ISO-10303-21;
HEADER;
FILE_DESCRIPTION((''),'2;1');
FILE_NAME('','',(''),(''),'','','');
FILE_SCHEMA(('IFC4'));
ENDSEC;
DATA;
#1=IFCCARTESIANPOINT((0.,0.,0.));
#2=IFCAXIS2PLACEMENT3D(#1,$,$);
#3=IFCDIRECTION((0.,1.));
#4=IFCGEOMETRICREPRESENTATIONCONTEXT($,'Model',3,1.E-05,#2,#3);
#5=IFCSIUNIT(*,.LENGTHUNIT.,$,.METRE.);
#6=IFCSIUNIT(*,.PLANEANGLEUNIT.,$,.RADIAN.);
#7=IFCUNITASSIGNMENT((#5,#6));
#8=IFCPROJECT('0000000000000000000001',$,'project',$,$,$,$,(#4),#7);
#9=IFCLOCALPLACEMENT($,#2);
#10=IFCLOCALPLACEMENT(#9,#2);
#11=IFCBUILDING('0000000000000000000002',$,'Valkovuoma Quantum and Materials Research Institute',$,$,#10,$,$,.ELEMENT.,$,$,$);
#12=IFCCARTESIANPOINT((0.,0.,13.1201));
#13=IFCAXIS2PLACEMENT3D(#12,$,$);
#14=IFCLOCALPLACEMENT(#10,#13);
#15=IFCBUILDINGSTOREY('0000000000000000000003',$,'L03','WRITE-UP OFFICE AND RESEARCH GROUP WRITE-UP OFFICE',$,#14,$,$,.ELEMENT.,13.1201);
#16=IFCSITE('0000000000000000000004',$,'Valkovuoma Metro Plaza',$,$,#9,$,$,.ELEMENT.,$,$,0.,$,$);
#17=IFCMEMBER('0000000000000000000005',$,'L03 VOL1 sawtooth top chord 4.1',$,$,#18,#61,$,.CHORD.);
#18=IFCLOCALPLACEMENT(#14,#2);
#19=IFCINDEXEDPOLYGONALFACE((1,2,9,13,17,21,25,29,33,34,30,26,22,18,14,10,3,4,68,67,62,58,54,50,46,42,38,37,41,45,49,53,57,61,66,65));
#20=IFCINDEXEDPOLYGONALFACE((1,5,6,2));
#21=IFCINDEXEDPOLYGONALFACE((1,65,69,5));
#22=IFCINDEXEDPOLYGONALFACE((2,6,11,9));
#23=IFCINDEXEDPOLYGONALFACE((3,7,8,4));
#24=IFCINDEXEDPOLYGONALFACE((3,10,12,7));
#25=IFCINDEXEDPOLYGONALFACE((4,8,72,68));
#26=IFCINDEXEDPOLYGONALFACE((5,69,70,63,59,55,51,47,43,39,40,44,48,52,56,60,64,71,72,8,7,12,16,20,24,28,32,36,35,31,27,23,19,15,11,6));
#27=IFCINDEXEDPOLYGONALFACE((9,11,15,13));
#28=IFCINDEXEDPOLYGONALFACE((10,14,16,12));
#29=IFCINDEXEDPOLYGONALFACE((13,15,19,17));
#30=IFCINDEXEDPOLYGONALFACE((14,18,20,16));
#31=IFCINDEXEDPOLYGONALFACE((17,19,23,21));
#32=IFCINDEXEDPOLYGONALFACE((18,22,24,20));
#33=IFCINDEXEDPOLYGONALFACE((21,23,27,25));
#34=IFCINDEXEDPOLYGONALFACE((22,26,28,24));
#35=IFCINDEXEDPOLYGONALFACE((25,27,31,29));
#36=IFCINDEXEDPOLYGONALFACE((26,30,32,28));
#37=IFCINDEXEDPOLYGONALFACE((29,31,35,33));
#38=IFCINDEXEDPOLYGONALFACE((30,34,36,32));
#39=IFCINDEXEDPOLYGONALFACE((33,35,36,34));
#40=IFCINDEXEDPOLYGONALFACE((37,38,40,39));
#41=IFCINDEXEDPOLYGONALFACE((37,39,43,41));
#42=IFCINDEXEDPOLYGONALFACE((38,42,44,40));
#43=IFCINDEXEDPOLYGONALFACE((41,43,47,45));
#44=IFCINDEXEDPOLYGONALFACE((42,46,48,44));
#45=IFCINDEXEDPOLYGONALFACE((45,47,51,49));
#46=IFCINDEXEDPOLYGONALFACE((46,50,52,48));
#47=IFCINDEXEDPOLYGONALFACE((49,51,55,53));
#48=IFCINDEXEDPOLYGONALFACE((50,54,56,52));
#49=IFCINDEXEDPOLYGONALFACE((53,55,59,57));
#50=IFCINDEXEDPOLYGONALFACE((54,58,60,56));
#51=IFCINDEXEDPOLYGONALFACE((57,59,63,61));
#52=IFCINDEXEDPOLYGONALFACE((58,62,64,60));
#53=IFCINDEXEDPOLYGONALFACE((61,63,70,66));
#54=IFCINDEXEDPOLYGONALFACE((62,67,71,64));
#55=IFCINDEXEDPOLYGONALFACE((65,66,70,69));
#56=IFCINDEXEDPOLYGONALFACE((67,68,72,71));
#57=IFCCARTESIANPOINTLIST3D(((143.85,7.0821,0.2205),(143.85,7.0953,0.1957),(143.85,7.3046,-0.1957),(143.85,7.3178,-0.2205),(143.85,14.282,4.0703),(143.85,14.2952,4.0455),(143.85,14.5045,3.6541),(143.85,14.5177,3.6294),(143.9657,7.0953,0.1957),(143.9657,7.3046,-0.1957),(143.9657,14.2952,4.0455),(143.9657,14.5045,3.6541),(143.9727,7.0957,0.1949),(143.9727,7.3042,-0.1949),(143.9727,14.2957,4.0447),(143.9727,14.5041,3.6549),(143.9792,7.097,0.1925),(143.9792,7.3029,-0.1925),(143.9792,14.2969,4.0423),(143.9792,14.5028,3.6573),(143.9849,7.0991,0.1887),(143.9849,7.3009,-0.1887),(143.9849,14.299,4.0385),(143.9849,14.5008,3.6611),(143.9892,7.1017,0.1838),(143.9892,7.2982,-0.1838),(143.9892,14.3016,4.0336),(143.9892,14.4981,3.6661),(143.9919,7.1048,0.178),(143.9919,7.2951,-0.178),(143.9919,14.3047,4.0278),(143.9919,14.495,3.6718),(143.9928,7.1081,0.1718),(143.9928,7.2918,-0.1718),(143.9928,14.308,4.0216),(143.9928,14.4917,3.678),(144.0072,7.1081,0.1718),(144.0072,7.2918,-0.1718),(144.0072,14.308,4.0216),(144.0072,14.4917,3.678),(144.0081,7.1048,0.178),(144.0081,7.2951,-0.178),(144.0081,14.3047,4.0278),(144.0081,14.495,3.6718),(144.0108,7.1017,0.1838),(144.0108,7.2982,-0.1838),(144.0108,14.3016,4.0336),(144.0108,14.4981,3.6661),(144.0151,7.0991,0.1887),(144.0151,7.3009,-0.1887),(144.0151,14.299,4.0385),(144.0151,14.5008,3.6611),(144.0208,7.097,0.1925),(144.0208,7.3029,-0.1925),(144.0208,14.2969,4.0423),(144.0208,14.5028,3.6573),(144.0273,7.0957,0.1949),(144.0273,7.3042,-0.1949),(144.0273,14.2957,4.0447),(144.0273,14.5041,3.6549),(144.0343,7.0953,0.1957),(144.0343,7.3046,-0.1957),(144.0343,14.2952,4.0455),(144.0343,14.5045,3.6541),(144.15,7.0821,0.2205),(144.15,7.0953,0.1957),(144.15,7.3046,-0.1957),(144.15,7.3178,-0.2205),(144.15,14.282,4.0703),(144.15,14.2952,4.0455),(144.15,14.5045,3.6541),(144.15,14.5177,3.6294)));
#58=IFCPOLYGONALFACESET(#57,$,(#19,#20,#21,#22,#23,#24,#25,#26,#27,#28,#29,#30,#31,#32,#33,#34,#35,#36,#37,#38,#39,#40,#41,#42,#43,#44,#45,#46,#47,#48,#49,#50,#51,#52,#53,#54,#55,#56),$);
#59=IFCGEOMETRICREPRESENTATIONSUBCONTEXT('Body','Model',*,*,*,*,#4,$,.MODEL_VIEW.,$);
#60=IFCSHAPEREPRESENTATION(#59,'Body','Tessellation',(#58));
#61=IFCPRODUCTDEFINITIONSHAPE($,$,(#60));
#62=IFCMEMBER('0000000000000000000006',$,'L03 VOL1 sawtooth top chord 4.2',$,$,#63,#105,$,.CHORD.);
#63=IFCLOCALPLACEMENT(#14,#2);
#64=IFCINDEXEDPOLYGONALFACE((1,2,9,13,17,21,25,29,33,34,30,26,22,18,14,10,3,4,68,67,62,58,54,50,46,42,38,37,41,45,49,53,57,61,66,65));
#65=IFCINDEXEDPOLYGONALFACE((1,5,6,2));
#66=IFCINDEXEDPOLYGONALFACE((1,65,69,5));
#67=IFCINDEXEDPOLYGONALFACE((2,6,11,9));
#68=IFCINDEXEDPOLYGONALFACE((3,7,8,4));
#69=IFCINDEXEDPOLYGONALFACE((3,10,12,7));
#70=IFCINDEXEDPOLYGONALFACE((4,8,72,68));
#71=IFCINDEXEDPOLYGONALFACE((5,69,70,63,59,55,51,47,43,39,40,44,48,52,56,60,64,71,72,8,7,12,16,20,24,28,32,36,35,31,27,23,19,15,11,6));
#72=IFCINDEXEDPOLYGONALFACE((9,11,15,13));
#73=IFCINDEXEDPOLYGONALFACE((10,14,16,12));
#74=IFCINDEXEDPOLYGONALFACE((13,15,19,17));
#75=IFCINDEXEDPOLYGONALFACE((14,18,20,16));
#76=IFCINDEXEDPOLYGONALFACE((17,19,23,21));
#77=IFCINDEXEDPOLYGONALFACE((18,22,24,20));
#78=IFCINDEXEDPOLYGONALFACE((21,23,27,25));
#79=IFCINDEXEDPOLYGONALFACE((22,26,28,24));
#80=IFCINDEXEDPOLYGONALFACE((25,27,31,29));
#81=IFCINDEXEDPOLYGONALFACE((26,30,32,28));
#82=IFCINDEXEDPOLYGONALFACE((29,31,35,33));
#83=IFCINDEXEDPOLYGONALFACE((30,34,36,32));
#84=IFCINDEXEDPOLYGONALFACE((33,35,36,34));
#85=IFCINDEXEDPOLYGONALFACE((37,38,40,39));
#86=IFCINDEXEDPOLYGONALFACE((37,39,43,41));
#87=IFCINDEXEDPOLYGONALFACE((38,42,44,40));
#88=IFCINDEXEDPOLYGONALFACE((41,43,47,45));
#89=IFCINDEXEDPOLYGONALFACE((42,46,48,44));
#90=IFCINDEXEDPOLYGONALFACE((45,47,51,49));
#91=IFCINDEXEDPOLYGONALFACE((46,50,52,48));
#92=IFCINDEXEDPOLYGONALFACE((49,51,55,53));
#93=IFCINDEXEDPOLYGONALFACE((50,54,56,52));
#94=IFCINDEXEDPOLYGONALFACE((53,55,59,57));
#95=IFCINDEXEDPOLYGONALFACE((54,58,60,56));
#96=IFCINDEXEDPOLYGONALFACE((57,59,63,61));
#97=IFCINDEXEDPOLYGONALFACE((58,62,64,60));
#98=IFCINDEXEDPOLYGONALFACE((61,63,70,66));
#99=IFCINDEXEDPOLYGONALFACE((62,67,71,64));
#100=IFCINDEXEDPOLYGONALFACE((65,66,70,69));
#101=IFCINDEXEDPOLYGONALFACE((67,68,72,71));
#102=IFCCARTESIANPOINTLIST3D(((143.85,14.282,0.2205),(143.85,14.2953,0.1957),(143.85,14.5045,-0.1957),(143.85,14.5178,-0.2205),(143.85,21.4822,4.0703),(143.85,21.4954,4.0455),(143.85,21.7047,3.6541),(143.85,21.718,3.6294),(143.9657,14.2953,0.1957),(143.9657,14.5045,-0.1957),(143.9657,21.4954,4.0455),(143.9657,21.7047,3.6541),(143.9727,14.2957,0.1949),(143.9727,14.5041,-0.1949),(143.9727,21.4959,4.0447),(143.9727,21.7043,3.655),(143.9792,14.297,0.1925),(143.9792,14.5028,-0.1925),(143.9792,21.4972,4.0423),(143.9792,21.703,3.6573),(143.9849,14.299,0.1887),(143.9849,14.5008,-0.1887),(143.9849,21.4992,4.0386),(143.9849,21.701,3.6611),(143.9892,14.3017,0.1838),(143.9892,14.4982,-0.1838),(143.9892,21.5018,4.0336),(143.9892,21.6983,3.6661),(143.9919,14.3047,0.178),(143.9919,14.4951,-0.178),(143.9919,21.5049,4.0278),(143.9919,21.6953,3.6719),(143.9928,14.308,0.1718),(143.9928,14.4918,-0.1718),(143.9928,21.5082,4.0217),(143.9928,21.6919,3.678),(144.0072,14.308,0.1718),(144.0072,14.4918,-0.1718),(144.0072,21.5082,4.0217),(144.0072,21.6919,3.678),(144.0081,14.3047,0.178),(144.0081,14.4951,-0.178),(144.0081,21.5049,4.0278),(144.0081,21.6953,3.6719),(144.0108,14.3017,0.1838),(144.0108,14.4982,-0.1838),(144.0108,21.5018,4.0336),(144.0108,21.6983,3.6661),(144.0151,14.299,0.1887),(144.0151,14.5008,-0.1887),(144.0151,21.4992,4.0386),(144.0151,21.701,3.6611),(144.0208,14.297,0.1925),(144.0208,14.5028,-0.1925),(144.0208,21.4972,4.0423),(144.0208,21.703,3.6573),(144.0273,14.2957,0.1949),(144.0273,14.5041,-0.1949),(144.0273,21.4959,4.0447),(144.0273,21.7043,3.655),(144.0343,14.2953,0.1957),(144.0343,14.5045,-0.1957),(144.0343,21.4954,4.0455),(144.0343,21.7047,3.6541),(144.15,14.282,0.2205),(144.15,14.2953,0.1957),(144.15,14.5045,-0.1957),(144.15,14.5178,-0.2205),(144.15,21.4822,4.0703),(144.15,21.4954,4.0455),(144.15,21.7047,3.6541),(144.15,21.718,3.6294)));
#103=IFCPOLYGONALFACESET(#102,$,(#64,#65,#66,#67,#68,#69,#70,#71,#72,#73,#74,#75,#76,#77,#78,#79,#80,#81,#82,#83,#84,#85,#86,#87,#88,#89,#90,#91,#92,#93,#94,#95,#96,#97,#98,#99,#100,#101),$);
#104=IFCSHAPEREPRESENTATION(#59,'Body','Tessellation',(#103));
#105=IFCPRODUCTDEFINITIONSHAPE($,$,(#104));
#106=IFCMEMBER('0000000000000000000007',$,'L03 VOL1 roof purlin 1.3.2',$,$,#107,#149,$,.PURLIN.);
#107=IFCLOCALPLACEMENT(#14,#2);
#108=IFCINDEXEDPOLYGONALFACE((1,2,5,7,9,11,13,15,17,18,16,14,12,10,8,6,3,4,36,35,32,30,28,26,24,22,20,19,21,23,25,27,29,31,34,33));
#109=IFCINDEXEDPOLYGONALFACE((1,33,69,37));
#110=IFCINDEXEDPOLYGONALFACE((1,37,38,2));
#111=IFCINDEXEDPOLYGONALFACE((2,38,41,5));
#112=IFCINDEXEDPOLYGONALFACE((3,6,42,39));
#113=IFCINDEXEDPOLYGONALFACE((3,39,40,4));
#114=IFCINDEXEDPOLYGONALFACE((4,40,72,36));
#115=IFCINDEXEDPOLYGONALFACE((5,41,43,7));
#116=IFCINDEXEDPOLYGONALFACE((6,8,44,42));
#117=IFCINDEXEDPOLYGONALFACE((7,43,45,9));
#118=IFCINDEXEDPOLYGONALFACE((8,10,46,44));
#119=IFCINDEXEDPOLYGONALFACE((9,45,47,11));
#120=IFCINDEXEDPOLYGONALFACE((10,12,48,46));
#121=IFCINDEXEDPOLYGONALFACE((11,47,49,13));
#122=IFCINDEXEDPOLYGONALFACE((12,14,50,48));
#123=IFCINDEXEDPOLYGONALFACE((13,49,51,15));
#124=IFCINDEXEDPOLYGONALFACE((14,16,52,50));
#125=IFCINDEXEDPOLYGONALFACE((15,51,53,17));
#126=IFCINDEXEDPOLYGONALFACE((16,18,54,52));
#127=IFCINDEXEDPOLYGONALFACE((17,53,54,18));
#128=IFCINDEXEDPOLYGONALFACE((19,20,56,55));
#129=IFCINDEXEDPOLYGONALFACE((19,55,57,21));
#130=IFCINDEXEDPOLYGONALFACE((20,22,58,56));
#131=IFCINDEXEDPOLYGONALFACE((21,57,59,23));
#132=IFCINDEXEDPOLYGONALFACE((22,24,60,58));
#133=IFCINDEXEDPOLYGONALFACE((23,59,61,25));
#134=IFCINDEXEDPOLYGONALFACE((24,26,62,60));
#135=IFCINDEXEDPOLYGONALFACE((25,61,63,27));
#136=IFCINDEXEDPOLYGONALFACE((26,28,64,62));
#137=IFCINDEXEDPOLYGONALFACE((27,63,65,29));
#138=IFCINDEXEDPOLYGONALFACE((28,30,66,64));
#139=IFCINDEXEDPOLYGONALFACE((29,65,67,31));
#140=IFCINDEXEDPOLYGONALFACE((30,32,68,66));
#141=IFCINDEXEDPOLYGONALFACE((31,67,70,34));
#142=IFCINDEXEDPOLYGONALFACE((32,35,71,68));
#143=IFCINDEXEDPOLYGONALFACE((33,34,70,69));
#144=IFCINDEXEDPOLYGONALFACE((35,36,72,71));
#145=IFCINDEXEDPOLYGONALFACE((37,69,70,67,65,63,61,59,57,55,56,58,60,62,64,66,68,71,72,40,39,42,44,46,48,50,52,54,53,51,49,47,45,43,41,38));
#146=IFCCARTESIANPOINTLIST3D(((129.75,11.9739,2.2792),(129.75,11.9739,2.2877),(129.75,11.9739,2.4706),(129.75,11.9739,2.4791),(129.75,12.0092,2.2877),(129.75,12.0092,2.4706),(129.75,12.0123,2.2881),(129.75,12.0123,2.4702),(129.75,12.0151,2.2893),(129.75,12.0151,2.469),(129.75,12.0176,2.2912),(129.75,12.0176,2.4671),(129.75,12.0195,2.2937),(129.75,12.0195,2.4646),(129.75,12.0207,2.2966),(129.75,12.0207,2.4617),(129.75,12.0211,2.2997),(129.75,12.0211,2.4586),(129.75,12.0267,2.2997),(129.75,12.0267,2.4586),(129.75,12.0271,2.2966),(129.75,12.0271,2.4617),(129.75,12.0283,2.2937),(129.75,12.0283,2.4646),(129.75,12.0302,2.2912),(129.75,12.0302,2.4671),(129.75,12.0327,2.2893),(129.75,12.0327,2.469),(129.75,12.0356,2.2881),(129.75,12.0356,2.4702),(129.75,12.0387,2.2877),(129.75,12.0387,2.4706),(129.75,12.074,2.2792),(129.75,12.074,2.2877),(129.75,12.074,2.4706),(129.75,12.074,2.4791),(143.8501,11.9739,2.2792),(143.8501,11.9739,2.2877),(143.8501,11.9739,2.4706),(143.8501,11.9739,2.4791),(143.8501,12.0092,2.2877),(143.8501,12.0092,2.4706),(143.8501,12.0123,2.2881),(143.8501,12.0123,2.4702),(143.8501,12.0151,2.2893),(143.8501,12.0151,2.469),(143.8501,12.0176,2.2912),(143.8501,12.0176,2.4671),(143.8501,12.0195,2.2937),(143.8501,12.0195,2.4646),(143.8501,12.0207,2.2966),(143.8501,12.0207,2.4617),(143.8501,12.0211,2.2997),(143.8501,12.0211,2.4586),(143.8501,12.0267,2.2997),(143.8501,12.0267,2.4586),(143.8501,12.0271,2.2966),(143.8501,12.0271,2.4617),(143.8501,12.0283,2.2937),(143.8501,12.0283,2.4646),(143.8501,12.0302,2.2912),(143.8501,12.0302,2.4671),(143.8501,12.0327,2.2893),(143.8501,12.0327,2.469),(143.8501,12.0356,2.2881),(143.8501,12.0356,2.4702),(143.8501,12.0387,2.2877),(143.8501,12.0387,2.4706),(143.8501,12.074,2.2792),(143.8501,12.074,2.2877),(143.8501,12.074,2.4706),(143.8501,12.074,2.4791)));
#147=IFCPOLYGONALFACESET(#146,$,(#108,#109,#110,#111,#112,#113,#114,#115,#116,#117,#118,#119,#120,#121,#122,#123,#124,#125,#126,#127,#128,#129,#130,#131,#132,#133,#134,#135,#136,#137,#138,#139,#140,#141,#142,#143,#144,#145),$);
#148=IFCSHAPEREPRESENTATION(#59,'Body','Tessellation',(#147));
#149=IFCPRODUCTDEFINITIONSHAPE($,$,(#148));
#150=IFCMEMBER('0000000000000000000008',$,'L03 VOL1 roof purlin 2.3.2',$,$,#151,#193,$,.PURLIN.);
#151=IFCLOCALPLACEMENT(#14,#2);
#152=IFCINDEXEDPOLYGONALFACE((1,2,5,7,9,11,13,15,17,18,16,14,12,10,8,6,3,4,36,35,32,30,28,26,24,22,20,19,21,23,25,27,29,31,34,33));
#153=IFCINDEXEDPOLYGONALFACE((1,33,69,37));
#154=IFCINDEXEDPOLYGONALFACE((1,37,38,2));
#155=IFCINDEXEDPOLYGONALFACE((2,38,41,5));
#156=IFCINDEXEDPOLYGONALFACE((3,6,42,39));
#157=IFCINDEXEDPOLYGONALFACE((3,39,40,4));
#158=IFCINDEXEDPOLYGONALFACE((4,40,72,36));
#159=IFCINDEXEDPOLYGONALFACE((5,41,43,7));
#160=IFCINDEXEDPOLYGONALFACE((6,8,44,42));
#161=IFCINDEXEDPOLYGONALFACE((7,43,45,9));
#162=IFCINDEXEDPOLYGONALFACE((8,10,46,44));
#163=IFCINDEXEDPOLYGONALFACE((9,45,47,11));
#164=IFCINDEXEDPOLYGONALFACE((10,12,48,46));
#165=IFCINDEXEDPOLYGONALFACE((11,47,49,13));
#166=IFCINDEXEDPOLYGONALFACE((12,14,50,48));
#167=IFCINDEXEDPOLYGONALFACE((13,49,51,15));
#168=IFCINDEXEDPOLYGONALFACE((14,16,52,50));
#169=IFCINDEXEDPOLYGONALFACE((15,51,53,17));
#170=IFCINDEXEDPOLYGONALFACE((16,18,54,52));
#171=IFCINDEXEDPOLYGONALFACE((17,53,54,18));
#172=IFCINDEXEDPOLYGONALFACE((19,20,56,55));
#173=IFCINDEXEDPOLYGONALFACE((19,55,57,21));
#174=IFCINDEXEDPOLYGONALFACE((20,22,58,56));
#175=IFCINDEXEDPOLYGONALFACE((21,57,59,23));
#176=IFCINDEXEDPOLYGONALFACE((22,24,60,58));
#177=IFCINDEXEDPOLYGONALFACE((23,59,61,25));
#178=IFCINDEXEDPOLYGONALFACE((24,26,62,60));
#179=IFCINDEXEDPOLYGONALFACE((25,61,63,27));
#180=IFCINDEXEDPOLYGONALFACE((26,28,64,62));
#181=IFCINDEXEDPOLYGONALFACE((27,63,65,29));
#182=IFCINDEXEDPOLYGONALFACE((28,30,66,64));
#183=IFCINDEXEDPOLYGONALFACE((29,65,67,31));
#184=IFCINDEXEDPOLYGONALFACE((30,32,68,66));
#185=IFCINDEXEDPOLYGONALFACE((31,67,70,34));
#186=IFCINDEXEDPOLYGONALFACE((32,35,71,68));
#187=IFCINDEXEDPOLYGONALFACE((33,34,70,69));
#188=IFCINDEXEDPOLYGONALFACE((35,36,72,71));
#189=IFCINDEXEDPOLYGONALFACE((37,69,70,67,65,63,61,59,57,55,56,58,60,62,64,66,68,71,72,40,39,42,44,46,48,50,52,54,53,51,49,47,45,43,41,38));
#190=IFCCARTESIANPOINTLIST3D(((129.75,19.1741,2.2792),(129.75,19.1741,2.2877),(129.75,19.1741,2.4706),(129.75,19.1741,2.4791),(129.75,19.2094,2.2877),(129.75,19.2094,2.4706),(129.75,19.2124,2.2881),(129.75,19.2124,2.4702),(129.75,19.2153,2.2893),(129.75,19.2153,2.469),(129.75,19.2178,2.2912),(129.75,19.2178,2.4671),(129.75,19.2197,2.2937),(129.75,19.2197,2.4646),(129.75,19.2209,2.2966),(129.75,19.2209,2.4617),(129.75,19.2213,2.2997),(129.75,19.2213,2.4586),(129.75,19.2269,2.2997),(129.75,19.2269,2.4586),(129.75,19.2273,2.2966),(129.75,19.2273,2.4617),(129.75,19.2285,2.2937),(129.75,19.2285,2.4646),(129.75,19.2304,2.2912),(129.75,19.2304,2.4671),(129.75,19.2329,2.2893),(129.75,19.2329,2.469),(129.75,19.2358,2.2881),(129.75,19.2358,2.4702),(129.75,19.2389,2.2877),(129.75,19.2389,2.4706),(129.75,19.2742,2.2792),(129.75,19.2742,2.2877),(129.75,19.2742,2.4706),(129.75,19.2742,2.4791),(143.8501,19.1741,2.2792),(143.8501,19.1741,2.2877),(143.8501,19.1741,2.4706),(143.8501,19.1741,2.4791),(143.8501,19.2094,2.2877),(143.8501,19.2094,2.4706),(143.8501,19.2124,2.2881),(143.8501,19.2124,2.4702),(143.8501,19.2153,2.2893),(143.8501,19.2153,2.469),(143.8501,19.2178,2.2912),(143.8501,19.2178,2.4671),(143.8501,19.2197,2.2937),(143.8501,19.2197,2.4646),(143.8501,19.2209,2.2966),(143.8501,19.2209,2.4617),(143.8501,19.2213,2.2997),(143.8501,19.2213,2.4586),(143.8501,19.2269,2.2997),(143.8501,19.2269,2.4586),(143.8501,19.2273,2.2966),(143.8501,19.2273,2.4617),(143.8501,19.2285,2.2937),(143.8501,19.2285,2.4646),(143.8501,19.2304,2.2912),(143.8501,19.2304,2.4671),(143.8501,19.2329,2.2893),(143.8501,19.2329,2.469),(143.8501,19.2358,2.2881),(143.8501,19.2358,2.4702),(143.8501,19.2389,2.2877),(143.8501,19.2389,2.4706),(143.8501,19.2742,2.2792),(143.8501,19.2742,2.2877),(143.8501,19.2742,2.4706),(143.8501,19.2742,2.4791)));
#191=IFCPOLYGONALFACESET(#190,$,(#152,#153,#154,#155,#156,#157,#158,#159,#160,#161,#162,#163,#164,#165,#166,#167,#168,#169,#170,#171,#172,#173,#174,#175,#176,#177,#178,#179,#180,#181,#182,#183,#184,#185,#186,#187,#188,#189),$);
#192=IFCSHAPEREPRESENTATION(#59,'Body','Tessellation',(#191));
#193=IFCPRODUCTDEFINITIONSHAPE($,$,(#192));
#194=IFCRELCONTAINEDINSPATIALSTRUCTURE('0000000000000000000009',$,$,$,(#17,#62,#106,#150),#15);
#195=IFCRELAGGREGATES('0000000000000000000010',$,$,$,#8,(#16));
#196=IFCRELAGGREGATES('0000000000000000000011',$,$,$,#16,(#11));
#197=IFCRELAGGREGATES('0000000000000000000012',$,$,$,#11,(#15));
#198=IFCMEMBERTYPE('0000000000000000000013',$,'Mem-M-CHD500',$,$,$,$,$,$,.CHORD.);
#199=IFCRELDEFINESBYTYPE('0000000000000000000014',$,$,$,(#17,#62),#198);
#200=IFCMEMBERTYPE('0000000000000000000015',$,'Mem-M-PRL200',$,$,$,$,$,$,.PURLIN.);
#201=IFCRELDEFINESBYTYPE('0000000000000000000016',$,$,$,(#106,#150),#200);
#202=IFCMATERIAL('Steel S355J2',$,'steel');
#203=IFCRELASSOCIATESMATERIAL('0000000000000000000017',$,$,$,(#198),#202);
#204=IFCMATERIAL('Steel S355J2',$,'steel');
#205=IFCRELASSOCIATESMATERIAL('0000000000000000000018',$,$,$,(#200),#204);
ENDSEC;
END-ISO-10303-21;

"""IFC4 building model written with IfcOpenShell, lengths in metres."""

from ifc_helpers import new_model, si_unit, direction, frame, origin, origin_2d, place, context, subcontext, project, spatial, i_section, extrude, material, material_profile, profile_set, type_object, element, save


model = new_model("IFC4")

# Units and contexts
model_context = context("Model", 3, precision=1e-05, world=origin(), true_north=direction((0.0, 1.0)))
body_context = subcontext(model_context, "Body", "Model", "MODEL_VIEW")
ifc_project = project(units=[si_unit("LENGTHUNIT", "METRE"), si_unit("PLANEANGLEUNIT", "RADIAN")], contexts=[model_context])

# Site, building, storey
site_placement = place(None, origin())
site = spatial("IfcSite", under=ifc_project, at=site_placement, Name="Valkovuoma Metro Plaza", CompositionType="ELEMENT", RefElevation=0.0)
building_placement = place(site_placement, origin())
building = spatial("IfcBuilding", under=site, at=building_placement, Name="Valkovuoma Quantum and Materials Research Institute", CompositionType="ELEMENT")
storey_placement = place(building_placement, frame((0.0, 0.0, 13.1201)))
storey = spatial("IfcBuildingStorey", under=building, at=storey_placement, Name="L03", Description="WRITE-UP OFFICE AND RESEARCH GROUP WRITE-UP OFFICE", CompositionType="ELEMENT", Elevation=13.1201)

# Members
ifc_material_1 = material(Name="Steel S355J2", Category="steel")
ifc_material_profile_1 = material_profile(ifc_material_1, i_section(OverallWidth=0.3, OverallDepth=0.5, WebThickness=0.0144, FlangeThickness=0.0281, FilletRadius=0.0271, at=origin_2d()), Name="Steel S355J2")
ifc_profile_set_1 = profile_set([ifc_material_profile_1], Name="Steel S355J2")
member_type_1 = type_object("IfcMemberType", Name="Mem-M-CHD500", PredefinedType="CHORD", material=ifc_profile_set_1)
member_1_placement = place(storey_placement, frame((144.0, 7.2, 0.0), z_axis=(0.0, 0.88185, 0.47153), x_axis=(-1.0, 0.0, 0.0)))
element("IfcMember", 1, at=member_1_placement, inside=storey, type_object=member_type_1, Name="L03 VOL1 sawtooth top chord 4.1", PredefinedType="CHORD", context=body_context, shape_type="SweptSolid", body=[
    extrude(i_section(OverallWidth=0.3, OverallDepth=0.5, WebThickness=0.0144, FlangeThickness=0.0281, FilletRadius=0.0271, at=origin_2d()), origin(), (0.0, 0.0, 1.0), 8.1646),
])
member_2_placement = place(storey_placement, frame((144.0, 14.3999, 0.0), z_axis=(0.0, 0.881857, 0.471518), x_axis=(-1.0, 0.0, 0.0)))
element("IfcMember", 2, at=member_2_placement, inside=storey, type_object=member_type_1, Name="L03 VOL1 sawtooth top chord 4.2", PredefinedType="CHORD", context=body_context, shape_type="SweptSolid", body=[
    extrude(i_section(OverallWidth=0.3, OverallDepth=0.5, WebThickness=0.0144, FlangeThickness=0.0281, FilletRadius=0.0271, at=origin_2d()), origin(), (0.0, 0.0, 1.0), 8.1648),
])
ifc_material_2 = material(Name="Steel S355J2", Category="steel")
ifc_material_profile_2 = material_profile(ifc_material_2, i_section(OverallWidth=0.1001, OverallDepth=0.2, WebThickness=0.0056, FlangeThickness=0.0085, FilletRadius=0.012, at=origin_2d()), Name="Steel S355J2")
ifc_profile_set_2 = profile_set([ifc_material_profile_2], Name="Steel S355J2")
member_type_2 = type_object("IfcMemberType", Name="Mem-M-PRL200", PredefinedType="PURLIN", material=ifc_profile_set_2)
for number, where, z_axis, x_axis, name in (
    (3, (129.75, 12.0239, 2.3792), (1.0, 0.0, 0.0), (0.0, 1.0, 0.0), "L03 VOL1 roof purlin 1.3.2"),
    (4, (129.75, 19.2241, 2.3792), (1.0, 0.0, 0.0), (0.0, 1.0, 0.0), "L03 VOL1 roof purlin 2.3.2"),
):
    element("IfcMember", number, at=place(storey_placement, frame(where, z_axis=z_axis, x_axis=x_axis)), inside=storey, type_object=member_type_2, Name=name, PredefinedType="PURLIN", context=body_context, shape_type="SweptSolid", body=[
        extrude(i_section(OverallWidth=0.1001, OverallDepth=0.2, WebThickness=0.0056, FlangeThickness=0.0085, FilletRadius=0.012, at=origin_2d()), origin(), (0.0, 0.0, 1.0), 14.1001),
    ])

save(model, "model.ifc")
